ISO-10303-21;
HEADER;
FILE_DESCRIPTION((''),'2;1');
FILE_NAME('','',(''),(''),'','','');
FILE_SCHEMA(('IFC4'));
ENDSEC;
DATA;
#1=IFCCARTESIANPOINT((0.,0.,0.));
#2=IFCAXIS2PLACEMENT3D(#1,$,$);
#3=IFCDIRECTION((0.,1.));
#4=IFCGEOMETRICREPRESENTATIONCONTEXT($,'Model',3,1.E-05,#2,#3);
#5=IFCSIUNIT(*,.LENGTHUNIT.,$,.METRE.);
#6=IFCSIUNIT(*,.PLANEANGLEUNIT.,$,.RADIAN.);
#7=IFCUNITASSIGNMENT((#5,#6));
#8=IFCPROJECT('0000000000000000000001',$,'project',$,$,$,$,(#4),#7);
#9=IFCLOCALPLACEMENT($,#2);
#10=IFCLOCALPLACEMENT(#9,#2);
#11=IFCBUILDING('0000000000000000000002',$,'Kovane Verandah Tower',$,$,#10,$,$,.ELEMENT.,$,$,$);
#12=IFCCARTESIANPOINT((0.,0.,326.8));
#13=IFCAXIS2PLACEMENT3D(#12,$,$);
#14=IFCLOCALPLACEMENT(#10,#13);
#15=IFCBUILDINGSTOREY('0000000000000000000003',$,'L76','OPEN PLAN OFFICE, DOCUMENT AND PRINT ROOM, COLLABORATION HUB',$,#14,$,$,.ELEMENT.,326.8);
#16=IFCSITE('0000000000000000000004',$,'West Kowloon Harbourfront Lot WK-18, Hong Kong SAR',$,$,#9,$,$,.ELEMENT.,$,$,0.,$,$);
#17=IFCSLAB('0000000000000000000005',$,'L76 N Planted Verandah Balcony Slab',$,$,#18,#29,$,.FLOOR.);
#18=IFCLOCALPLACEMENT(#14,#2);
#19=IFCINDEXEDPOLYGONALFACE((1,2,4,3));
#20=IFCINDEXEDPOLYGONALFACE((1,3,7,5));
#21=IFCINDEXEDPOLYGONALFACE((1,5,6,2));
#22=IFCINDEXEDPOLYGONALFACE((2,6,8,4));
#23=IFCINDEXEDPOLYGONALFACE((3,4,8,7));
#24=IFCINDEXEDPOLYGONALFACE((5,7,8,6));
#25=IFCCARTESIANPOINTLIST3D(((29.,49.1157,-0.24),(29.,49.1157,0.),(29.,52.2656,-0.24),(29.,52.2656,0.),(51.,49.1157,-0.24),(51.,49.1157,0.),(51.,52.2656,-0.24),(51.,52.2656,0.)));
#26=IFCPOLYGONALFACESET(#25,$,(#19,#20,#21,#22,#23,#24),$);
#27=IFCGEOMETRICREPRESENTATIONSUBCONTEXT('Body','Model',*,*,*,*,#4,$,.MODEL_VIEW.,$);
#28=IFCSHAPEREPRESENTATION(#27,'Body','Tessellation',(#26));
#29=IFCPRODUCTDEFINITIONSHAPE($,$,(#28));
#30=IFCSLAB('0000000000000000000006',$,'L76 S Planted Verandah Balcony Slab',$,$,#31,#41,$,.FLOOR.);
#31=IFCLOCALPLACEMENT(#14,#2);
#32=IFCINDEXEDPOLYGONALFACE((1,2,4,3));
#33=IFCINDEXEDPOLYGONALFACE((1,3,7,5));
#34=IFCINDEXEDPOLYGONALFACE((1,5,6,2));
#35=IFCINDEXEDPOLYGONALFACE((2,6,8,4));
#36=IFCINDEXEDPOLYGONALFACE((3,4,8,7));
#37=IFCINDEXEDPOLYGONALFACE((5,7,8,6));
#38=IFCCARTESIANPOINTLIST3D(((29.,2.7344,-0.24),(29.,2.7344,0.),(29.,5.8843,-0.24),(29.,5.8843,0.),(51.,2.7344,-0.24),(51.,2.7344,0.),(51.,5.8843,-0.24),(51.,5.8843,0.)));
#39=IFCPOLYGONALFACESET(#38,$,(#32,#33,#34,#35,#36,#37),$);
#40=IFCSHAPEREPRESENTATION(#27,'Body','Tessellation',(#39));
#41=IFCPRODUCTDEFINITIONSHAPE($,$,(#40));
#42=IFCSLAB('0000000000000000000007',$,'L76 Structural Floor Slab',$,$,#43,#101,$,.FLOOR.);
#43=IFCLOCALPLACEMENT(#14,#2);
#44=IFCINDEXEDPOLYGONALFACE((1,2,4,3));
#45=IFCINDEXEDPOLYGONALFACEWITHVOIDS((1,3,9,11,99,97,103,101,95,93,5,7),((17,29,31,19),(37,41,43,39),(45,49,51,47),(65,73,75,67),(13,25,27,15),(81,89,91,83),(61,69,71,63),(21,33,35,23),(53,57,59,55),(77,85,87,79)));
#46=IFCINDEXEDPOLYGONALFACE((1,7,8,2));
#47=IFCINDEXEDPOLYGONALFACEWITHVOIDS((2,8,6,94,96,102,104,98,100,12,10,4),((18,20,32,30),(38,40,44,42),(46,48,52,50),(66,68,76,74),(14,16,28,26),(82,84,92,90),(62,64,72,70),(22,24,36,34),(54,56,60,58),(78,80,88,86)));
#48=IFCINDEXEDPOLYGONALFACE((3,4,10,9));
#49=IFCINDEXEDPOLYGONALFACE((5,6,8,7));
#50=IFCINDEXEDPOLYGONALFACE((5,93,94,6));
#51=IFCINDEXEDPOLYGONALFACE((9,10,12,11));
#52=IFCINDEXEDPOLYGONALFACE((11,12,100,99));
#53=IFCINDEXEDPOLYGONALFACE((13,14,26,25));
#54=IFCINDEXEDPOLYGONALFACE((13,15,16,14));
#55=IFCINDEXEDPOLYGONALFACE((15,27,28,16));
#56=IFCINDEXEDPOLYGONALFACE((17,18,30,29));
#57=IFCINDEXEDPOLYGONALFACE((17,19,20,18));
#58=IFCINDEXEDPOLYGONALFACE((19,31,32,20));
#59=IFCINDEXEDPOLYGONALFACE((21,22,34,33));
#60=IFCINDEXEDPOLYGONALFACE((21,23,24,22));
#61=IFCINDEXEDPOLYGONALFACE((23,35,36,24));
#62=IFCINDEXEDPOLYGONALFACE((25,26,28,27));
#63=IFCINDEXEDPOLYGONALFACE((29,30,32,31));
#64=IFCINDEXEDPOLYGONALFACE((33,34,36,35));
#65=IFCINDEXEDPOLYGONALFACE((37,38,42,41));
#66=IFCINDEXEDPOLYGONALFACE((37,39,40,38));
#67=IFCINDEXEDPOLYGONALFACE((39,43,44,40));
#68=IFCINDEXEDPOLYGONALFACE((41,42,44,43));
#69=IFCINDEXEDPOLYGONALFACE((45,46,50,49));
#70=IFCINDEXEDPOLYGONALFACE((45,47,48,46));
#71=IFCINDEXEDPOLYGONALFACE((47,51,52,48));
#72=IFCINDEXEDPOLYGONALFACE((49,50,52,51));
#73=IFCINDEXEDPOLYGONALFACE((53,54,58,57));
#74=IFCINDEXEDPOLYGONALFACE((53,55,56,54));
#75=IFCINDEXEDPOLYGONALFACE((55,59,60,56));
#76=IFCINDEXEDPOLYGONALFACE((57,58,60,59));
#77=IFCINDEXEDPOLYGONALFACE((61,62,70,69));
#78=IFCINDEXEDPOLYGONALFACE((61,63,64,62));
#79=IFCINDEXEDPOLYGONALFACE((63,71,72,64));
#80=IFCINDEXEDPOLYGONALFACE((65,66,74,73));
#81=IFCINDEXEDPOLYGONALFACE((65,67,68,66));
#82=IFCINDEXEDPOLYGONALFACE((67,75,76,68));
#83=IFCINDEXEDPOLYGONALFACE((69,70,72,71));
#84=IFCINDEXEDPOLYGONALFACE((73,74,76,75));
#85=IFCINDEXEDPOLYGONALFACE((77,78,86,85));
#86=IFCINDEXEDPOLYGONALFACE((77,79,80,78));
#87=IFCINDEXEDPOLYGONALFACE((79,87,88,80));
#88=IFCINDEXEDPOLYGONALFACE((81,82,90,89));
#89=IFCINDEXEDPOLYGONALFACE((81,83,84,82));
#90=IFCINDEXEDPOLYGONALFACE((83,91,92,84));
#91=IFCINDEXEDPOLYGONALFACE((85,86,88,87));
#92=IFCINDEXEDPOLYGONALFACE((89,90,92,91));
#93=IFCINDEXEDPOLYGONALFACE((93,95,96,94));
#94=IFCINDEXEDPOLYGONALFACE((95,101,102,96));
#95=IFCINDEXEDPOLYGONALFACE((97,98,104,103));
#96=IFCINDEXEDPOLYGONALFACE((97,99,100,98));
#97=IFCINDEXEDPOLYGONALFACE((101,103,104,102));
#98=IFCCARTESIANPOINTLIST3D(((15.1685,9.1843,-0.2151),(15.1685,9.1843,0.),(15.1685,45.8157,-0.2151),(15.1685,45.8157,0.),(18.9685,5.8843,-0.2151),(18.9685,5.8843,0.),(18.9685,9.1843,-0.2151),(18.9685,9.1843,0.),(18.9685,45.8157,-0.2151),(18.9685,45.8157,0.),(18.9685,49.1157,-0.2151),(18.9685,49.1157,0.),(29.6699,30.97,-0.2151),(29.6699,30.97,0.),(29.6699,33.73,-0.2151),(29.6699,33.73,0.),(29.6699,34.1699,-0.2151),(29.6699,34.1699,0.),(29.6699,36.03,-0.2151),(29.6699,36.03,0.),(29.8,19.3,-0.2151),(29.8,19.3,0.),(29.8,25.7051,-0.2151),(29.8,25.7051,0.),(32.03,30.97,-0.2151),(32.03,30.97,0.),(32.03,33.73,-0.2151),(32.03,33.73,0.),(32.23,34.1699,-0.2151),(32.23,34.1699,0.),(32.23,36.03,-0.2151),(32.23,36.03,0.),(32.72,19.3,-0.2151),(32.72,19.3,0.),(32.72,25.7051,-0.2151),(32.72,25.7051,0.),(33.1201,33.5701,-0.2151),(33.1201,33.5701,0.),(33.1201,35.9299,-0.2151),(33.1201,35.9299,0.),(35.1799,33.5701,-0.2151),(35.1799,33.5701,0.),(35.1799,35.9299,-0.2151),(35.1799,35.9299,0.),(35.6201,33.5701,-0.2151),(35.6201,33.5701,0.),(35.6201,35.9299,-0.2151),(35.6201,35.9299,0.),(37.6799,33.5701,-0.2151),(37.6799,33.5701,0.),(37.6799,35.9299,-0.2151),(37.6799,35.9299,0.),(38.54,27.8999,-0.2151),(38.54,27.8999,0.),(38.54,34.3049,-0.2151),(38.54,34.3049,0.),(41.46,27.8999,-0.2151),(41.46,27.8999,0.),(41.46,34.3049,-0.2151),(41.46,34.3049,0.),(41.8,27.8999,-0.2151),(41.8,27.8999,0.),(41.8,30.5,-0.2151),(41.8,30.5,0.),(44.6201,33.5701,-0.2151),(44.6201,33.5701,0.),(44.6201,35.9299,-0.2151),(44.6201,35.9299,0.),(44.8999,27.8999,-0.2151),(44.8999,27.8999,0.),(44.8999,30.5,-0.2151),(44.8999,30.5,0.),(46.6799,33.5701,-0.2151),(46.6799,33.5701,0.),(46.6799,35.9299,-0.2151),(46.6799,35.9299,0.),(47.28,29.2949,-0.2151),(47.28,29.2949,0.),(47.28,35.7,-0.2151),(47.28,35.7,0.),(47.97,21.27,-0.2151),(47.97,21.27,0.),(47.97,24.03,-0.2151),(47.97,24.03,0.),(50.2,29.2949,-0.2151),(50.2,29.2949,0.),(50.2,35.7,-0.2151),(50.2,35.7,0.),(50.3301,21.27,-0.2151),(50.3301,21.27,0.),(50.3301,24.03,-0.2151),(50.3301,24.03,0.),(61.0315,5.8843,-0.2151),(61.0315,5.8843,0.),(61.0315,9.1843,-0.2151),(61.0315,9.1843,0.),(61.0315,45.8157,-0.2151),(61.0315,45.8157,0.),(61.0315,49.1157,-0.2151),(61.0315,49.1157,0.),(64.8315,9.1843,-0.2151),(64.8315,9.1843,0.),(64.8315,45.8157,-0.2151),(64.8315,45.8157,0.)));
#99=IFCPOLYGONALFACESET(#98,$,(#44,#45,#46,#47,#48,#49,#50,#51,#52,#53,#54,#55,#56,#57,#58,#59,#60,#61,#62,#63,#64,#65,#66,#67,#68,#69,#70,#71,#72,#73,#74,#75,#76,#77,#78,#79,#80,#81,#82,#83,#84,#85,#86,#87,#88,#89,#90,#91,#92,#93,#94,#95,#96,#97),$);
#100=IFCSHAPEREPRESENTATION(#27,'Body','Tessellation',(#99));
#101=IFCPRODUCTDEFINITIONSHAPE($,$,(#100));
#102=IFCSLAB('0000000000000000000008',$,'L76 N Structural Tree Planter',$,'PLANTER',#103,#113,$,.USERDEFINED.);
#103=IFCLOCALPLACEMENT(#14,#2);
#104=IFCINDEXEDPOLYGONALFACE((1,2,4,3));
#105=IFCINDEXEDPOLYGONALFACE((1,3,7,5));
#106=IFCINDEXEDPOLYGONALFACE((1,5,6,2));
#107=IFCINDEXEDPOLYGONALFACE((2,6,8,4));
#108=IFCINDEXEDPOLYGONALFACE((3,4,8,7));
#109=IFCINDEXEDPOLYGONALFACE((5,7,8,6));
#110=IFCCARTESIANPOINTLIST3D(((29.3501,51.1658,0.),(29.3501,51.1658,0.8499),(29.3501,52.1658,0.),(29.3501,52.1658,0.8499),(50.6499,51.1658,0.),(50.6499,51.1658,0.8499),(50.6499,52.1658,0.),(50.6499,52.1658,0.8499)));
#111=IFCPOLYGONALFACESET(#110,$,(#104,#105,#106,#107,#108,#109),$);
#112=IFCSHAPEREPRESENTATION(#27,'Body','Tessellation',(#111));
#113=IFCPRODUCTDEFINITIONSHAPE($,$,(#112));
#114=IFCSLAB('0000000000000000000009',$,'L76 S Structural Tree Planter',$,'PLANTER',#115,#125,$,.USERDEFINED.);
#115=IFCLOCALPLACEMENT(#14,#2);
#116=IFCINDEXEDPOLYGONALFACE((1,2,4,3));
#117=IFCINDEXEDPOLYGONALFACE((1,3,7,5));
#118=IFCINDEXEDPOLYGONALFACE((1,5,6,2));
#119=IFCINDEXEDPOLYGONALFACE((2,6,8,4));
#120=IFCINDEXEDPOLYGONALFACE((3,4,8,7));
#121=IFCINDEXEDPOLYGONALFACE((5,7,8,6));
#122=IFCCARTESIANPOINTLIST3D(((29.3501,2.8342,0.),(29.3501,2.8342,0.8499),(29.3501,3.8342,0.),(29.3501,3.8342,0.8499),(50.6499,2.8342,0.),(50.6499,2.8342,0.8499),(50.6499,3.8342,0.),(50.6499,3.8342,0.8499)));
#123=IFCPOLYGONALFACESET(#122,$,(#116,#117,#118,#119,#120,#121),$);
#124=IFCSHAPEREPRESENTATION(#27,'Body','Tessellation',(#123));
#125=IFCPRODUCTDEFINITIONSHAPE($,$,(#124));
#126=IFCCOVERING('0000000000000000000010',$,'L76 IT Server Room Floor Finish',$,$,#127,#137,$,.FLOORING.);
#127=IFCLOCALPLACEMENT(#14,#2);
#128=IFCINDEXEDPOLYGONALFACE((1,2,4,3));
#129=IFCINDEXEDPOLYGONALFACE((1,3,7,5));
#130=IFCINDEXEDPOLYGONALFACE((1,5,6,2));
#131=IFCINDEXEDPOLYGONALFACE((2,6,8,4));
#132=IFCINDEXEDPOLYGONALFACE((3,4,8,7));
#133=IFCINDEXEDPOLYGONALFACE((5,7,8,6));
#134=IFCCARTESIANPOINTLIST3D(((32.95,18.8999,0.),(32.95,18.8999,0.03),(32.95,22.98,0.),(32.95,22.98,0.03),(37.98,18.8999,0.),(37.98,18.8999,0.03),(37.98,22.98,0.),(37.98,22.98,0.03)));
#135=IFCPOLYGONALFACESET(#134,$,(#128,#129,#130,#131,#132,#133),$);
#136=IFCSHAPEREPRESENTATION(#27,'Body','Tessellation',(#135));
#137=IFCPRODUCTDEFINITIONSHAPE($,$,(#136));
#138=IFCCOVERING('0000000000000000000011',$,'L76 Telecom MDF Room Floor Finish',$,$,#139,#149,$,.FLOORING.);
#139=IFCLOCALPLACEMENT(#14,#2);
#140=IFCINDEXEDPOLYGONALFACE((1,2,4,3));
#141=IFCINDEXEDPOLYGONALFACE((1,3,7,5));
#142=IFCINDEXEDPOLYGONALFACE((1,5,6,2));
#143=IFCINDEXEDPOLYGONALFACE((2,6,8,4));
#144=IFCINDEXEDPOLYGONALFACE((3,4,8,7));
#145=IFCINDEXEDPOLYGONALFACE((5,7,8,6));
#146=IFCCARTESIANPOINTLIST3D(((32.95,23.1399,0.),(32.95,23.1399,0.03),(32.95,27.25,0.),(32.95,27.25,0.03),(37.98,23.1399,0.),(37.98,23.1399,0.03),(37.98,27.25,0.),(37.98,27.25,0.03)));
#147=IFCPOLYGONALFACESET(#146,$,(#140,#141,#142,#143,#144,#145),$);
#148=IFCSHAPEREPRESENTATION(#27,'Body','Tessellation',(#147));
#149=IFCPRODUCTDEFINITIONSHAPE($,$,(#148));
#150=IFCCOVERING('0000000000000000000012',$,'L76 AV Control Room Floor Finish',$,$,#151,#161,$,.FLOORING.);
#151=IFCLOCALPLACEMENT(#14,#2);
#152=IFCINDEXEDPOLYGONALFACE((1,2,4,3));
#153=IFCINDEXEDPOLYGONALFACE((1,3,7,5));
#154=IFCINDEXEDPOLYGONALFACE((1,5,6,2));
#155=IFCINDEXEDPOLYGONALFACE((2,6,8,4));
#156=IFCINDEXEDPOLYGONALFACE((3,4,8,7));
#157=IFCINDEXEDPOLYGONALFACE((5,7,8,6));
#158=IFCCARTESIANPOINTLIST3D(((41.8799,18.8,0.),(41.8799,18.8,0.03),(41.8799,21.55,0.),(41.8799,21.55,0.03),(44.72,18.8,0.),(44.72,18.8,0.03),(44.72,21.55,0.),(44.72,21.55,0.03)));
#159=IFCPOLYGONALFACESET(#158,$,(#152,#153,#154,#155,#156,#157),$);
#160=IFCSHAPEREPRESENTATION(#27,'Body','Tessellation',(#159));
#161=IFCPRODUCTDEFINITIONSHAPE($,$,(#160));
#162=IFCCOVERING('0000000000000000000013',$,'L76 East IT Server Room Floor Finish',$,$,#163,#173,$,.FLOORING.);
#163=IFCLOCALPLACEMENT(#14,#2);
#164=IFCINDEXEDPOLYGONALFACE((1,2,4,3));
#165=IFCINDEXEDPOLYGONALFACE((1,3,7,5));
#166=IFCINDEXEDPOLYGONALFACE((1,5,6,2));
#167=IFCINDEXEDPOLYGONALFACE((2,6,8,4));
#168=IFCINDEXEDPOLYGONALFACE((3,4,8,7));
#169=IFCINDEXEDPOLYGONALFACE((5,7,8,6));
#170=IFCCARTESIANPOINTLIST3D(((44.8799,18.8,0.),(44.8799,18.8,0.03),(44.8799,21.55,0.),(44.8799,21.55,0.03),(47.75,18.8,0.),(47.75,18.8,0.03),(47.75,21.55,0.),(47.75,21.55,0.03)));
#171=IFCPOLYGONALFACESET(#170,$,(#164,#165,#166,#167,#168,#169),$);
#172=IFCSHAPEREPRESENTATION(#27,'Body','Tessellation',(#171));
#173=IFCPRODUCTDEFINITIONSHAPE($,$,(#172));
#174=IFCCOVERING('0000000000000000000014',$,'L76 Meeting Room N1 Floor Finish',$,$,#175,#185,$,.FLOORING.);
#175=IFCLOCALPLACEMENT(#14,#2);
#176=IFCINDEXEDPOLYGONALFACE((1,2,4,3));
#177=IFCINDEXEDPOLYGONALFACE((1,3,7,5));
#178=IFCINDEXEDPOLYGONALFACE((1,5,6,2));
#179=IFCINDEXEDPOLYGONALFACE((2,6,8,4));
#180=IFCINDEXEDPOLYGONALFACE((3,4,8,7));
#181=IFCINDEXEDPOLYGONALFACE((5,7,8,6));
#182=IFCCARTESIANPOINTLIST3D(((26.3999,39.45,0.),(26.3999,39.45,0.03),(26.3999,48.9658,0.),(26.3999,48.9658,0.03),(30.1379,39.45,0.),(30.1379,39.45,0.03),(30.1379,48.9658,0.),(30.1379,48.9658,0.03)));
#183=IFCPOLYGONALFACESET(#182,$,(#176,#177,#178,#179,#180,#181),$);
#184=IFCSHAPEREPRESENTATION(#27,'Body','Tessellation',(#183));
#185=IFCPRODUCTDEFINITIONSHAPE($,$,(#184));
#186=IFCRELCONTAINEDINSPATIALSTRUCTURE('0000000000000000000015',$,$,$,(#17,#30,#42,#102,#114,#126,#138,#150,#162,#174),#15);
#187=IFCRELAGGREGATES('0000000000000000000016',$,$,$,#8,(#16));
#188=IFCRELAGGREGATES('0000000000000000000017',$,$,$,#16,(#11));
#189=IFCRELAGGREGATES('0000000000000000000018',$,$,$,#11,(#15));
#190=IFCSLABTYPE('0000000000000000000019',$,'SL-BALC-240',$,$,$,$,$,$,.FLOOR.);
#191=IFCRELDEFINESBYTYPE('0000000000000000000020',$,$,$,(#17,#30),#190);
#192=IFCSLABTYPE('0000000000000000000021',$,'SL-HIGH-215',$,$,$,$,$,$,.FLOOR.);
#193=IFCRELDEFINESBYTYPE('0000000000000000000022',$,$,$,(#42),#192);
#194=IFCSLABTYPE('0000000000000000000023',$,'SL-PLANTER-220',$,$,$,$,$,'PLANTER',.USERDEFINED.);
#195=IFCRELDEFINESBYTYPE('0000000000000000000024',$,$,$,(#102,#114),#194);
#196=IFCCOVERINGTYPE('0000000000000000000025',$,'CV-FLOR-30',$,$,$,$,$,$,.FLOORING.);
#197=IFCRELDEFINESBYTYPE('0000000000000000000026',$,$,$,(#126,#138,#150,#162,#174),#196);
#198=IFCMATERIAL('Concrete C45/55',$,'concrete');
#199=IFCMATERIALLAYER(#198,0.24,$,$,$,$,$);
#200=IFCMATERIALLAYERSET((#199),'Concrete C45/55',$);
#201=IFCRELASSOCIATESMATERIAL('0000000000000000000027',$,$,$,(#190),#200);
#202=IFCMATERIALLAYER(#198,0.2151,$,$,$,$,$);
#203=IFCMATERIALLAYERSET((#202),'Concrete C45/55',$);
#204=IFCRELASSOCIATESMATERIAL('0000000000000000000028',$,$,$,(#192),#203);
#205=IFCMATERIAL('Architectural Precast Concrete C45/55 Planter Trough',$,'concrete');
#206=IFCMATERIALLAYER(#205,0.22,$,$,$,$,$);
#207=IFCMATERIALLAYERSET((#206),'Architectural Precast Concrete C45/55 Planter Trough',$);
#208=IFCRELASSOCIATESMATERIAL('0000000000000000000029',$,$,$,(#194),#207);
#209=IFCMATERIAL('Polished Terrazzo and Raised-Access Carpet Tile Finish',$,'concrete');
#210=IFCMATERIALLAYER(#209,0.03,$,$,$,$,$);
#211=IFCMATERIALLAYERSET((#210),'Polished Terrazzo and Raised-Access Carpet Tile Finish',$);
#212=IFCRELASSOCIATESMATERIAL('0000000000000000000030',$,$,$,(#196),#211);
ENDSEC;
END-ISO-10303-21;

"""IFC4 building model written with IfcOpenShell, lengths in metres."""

from ifc_helpers import new_model, si_unit, direction, frame, origin, place, context, subcontext, project, spatial, polyline, outline, extrude, material, layer, layer_set, type_object, element, save


model = new_model("IFC4")

# Units and contexts
model_context = context("Model", 3, precision=1e-05, world=origin(), true_north=direction((0.0, 1.0)))
body_context = subcontext(model_context, "Body", "Model", "MODEL_VIEW")
ifc_project = project(units=[si_unit("LENGTHUNIT", "METRE"), si_unit("PLANEANGLEUNIT", "RADIAN")], contexts=[model_context])

# Site, building, storey
site_placement = place(None, origin())
site = spatial("IfcSite", under=ifc_project, at=site_placement, Name="West Kowloon Harbourfront Lot WK-18, Hong Kong SAR", CompositionType="ELEMENT", RefElevation=0.0)
building_placement = place(site_placement, origin())
building = spatial("IfcBuilding", under=site, at=building_placement, Name="Kovane Verandah Tower", CompositionType="ELEMENT")
storey_placement = place(building_placement, frame((0.0, 0.0, 326.8)))
storey = spatial("IfcBuildingStorey", under=building, at=storey_placement, Name="L76", Description="OPEN PLAN OFFICE, DOCUMENT AND PRINT ROOM, COLLABORATION HUB", CompositionType="ELEMENT", Elevation=326.8)

# Slabs
ifc_material_1 = material(Name="Concrete C45/55", Category="concrete")
ifc_layer_1 = layer(ifc_material_1, 0.24)
ifc_layer_set_1 = layer_set([ifc_layer_1], Name="Concrete C45/55")
slab_type_1 = type_object("IfcSlabType", Name="SL-BALC-240", PredefinedType="FLOOR", material=ifc_layer_set_1)
slab_1_placement = place(storey_placement, frame((0.0, 0.0, -0.24)))
element("IfcSlab", 1, at=slab_1_placement, inside=storey, type_object=slab_type_1, Name="L76 N Planted Verandah Balcony Slab", PredefinedType="FLOOR", context=body_context, shape_type="SweptSolid", body=[
    extrude(outline(polyline([(29.0, 49.1157), (51.0, 49.1157), (51.0, 52.2656), (29.0, 52.2656), (29.0, 49.1157)])), origin(), (0.0, 0.0, 1.0), 0.24),
])
slab_2_placement = place(storey_placement, frame((0.0, 0.0, -0.24)))
element("IfcSlab", 2, at=slab_2_placement, inside=storey, type_object=slab_type_1, Name="L76 S Planted Verandah Balcony Slab", PredefinedType="FLOOR", context=body_context, shape_type="SweptSolid", body=[
    extrude(outline(polyline([(29.0, 2.7344), (51.0, 2.7344), (51.0, 5.8843), (29.0, 5.8843), (29.0, 2.7344)])), origin(), (0.0, 0.0, 1.0), 0.24),
])
ifc_layer_2 = layer(ifc_material_1, 0.2151)
ifc_layer_set_2 = layer_set([ifc_layer_2], Name="Concrete C45/55")
slab_type_2 = type_object("IfcSlabType", Name="SL-HIGH-215", PredefinedType="FLOOR", material=ifc_layer_set_2)
slab_3_placement = place(storey_placement, frame((0.0, 0.0, -0.2151)))
element("IfcSlab", 3, at=slab_3_placement, inside=storey, type_object=slab_type_2, Name="L76 Structural Floor Slab", PredefinedType="FLOOR", context=body_context, shape_type="SweptSolid", body=[
    extrude(outline(polyline([(18.9685, 5.8843), (61.0315, 5.8843), (61.0315, 9.1843), (64.8315, 9.1843), (64.8315, 45.8157), (61.0315, 45.8157), (61.0315, 49.1157), (18.9685, 49.1157), (18.9685, 45.8157), (15.1685, 45.8157), (15.1685, 9.1843), (18.9685, 9.1843), (18.9685, 5.8843)]), holes=[polyline([(29.8, 19.3), (32.72, 19.3), (32.72, 25.7051), (29.8, 25.7051), (29.8, 19.3)]), polyline([(47.28, 29.2949), (50.2, 29.2949), (50.2, 35.7), (47.28, 35.7), (47.28, 29.2949)]), polyline([(38.54, 27.8999), (41.46, 27.8999), (41.46, 34.3049), (38.54, 34.3049), (38.54, 27.8999)]), polyline([(29.6699, 30.97), (32.03, 30.97), (32.03, 33.73), (29.6699, 33.73), (29.6699, 30.97)]), polyline([(47.97, 21.27), (50.3301, 21.27), (50.3301, 24.03), (47.97, 24.03), (47.97, 21.27)]), polyline([(29.6699, 34.1699), (32.23, 34.1699), (32.23, 36.03), (29.6699, 36.03), (29.6699, 34.1699)]), polyline([(33.1201, 33.5701), (35.1799, 33.5701), (35.1799, 35.9299), (33.1201, 35.9299), (33.1201, 33.5701)]), polyline([(35.6201, 33.5701), (37.6799, 33.5701), (37.6799, 35.9299), (35.6201, 35.9299), (35.6201, 33.5701)]), polyline([(44.6201, 33.5701), (46.6799, 33.5701), (46.6799, 35.9299), (44.6201, 35.9299), (44.6201, 33.5701)]), polyline([(41.8, 27.8999), (44.8999, 27.8999), (44.8999, 30.5), (41.8, 30.5), (41.8, 27.8999)])]), origin(), (0.0, 0.0, 1.0), 0.2151),
])
ifc_material_2 = material(Name="Architectural Precast Concrete C45/55 Planter Trough", Category="concrete")
ifc_layer_3 = layer(ifc_material_2, 0.22)
ifc_layer_set_3 = layer_set([ifc_layer_3], Name="Architectural Precast Concrete C45/55 Planter Trough")
slab_type_3 = type_object("IfcSlabType", Name="SL-PLANTER-220", ElementType="PLANTER", PredefinedType="USERDEFINED", material=ifc_layer_set_3)
slab_4_placement = place(storey_placement, origin())
element("IfcSlab", 4, at=slab_4_placement, inside=storey, type_object=slab_type_3, Name="L76 N Structural Tree Planter", ObjectType="PLANTER", PredefinedType="USERDEFINED", context=body_context, shape_type="SweptSolid", body=[
    extrude(outline(polyline([(29.3501, 51.1658), (50.6499, 51.1658), (50.6499, 52.1658), (29.3501, 52.1658), (29.3501, 51.1658)])), origin(), (0.0, 0.0, 1.0), 0.8499),
])
slab_5_placement = place(storey_placement, origin())
element("IfcSlab", 5, at=slab_5_placement, inside=storey, type_object=slab_type_3, Name="L76 S Structural Tree Planter", ObjectType="PLANTER", PredefinedType="USERDEFINED", context=body_context, shape_type="SweptSolid", body=[
    extrude(outline(polyline([(29.3501, 2.8342), (50.6499, 2.8342), (50.6499, 3.8342), (29.3501, 3.8342), (29.3501, 2.8342)])), origin(), (0.0, 0.0, 1.0), 0.8499),
])

# Coverings
ifc_material_3 = material(Name="Polished Terrazzo and Raised-Access Carpet Tile Finish", Category="concrete")
ifc_layer_4 = layer(ifc_material_3, 0.03)
ifc_layer_set_4 = layer_set([ifc_layer_4], Name="Polished Terrazzo and Raised-Access Carpet Tile Finish")
covering_type = type_object("IfcCoveringType", Name="CV-FLOR-30", PredefinedType="FLOORING", material=ifc_layer_set_4)
covering_1_placement = place(storey_placement, origin())
element("IfcCovering", 6, at=covering_1_placement, inside=storey, type_object=covering_type, Name="L76 IT Server Room Floor Finish", PredefinedType="FLOORING", context=body_context, shape_type="SweptSolid", body=[
    extrude(outline(polyline([(32.95, 18.8999), (37.98, 18.8999), (37.98, 22.98), (32.95, 22.98), (32.95, 18.8999)])), origin(), (0.0, 0.0, 1.0), 0.03),
])
covering_2_placement = place(storey_placement, origin())
element("IfcCovering", 7, at=covering_2_placement, inside=storey, type_object=covering_type, Name="L76 Telecom MDF Room Floor Finish", PredefinedType="FLOORING", context=body_context, shape_type="SweptSolid", body=[
    extrude(outline(polyline([(32.95, 23.1399), (37.98, 23.1399), (37.98, 27.25), (32.95, 27.25), (32.95, 23.1399)])), origin(), (0.0, 0.0, 1.0), 0.03),
])
covering_3_placement = place(storey_placement, origin())
element("IfcCovering", 8, at=covering_3_placement, inside=storey, type_object=covering_type, Name="L76 AV Control Room Floor Finish", PredefinedType="FLOORING", context=body_context, shape_type="SweptSolid", body=[
    extrude(outline(polyline([(41.8799, 18.8), (44.72, 18.8), (44.72, 21.55), (41.8799, 21.55), (41.8799, 18.8)])), origin(), (0.0, 0.0, 1.0), 0.03),
])
covering_4_placement = place(storey_placement, origin())
element("IfcCovering", 9, at=covering_4_placement, inside=storey, type_object=covering_type, Name="L76 East IT Server Room Floor Finish", PredefinedType="FLOORING", context=body_context, shape_type="SweptSolid", body=[
    extrude(outline(polyline([(44.8799, 18.8), (47.75, 18.8), (47.75, 21.55), (44.8799, 21.55), (44.8799, 18.8)])), origin(), (0.0, 0.0, 1.0), 0.03),
])
covering_5_placement = place(storey_placement, origin())
element("IfcCovering", 10, at=covering_5_placement, inside=storey, type_object=covering_type, Name="L76 Meeting Room N1 Floor Finish", PredefinedType="FLOORING", context=body_context, shape_type="SweptSolid", body=[
    extrude(outline(polyline([(26.3999, 39.45), (30.1379, 39.45), (30.1379, 48.9658), (26.3999, 48.9658), (26.3999, 39.45)])), origin(), (0.0, 0.0, 1.0), 0.03),
])

save(model, "model.ifc")
